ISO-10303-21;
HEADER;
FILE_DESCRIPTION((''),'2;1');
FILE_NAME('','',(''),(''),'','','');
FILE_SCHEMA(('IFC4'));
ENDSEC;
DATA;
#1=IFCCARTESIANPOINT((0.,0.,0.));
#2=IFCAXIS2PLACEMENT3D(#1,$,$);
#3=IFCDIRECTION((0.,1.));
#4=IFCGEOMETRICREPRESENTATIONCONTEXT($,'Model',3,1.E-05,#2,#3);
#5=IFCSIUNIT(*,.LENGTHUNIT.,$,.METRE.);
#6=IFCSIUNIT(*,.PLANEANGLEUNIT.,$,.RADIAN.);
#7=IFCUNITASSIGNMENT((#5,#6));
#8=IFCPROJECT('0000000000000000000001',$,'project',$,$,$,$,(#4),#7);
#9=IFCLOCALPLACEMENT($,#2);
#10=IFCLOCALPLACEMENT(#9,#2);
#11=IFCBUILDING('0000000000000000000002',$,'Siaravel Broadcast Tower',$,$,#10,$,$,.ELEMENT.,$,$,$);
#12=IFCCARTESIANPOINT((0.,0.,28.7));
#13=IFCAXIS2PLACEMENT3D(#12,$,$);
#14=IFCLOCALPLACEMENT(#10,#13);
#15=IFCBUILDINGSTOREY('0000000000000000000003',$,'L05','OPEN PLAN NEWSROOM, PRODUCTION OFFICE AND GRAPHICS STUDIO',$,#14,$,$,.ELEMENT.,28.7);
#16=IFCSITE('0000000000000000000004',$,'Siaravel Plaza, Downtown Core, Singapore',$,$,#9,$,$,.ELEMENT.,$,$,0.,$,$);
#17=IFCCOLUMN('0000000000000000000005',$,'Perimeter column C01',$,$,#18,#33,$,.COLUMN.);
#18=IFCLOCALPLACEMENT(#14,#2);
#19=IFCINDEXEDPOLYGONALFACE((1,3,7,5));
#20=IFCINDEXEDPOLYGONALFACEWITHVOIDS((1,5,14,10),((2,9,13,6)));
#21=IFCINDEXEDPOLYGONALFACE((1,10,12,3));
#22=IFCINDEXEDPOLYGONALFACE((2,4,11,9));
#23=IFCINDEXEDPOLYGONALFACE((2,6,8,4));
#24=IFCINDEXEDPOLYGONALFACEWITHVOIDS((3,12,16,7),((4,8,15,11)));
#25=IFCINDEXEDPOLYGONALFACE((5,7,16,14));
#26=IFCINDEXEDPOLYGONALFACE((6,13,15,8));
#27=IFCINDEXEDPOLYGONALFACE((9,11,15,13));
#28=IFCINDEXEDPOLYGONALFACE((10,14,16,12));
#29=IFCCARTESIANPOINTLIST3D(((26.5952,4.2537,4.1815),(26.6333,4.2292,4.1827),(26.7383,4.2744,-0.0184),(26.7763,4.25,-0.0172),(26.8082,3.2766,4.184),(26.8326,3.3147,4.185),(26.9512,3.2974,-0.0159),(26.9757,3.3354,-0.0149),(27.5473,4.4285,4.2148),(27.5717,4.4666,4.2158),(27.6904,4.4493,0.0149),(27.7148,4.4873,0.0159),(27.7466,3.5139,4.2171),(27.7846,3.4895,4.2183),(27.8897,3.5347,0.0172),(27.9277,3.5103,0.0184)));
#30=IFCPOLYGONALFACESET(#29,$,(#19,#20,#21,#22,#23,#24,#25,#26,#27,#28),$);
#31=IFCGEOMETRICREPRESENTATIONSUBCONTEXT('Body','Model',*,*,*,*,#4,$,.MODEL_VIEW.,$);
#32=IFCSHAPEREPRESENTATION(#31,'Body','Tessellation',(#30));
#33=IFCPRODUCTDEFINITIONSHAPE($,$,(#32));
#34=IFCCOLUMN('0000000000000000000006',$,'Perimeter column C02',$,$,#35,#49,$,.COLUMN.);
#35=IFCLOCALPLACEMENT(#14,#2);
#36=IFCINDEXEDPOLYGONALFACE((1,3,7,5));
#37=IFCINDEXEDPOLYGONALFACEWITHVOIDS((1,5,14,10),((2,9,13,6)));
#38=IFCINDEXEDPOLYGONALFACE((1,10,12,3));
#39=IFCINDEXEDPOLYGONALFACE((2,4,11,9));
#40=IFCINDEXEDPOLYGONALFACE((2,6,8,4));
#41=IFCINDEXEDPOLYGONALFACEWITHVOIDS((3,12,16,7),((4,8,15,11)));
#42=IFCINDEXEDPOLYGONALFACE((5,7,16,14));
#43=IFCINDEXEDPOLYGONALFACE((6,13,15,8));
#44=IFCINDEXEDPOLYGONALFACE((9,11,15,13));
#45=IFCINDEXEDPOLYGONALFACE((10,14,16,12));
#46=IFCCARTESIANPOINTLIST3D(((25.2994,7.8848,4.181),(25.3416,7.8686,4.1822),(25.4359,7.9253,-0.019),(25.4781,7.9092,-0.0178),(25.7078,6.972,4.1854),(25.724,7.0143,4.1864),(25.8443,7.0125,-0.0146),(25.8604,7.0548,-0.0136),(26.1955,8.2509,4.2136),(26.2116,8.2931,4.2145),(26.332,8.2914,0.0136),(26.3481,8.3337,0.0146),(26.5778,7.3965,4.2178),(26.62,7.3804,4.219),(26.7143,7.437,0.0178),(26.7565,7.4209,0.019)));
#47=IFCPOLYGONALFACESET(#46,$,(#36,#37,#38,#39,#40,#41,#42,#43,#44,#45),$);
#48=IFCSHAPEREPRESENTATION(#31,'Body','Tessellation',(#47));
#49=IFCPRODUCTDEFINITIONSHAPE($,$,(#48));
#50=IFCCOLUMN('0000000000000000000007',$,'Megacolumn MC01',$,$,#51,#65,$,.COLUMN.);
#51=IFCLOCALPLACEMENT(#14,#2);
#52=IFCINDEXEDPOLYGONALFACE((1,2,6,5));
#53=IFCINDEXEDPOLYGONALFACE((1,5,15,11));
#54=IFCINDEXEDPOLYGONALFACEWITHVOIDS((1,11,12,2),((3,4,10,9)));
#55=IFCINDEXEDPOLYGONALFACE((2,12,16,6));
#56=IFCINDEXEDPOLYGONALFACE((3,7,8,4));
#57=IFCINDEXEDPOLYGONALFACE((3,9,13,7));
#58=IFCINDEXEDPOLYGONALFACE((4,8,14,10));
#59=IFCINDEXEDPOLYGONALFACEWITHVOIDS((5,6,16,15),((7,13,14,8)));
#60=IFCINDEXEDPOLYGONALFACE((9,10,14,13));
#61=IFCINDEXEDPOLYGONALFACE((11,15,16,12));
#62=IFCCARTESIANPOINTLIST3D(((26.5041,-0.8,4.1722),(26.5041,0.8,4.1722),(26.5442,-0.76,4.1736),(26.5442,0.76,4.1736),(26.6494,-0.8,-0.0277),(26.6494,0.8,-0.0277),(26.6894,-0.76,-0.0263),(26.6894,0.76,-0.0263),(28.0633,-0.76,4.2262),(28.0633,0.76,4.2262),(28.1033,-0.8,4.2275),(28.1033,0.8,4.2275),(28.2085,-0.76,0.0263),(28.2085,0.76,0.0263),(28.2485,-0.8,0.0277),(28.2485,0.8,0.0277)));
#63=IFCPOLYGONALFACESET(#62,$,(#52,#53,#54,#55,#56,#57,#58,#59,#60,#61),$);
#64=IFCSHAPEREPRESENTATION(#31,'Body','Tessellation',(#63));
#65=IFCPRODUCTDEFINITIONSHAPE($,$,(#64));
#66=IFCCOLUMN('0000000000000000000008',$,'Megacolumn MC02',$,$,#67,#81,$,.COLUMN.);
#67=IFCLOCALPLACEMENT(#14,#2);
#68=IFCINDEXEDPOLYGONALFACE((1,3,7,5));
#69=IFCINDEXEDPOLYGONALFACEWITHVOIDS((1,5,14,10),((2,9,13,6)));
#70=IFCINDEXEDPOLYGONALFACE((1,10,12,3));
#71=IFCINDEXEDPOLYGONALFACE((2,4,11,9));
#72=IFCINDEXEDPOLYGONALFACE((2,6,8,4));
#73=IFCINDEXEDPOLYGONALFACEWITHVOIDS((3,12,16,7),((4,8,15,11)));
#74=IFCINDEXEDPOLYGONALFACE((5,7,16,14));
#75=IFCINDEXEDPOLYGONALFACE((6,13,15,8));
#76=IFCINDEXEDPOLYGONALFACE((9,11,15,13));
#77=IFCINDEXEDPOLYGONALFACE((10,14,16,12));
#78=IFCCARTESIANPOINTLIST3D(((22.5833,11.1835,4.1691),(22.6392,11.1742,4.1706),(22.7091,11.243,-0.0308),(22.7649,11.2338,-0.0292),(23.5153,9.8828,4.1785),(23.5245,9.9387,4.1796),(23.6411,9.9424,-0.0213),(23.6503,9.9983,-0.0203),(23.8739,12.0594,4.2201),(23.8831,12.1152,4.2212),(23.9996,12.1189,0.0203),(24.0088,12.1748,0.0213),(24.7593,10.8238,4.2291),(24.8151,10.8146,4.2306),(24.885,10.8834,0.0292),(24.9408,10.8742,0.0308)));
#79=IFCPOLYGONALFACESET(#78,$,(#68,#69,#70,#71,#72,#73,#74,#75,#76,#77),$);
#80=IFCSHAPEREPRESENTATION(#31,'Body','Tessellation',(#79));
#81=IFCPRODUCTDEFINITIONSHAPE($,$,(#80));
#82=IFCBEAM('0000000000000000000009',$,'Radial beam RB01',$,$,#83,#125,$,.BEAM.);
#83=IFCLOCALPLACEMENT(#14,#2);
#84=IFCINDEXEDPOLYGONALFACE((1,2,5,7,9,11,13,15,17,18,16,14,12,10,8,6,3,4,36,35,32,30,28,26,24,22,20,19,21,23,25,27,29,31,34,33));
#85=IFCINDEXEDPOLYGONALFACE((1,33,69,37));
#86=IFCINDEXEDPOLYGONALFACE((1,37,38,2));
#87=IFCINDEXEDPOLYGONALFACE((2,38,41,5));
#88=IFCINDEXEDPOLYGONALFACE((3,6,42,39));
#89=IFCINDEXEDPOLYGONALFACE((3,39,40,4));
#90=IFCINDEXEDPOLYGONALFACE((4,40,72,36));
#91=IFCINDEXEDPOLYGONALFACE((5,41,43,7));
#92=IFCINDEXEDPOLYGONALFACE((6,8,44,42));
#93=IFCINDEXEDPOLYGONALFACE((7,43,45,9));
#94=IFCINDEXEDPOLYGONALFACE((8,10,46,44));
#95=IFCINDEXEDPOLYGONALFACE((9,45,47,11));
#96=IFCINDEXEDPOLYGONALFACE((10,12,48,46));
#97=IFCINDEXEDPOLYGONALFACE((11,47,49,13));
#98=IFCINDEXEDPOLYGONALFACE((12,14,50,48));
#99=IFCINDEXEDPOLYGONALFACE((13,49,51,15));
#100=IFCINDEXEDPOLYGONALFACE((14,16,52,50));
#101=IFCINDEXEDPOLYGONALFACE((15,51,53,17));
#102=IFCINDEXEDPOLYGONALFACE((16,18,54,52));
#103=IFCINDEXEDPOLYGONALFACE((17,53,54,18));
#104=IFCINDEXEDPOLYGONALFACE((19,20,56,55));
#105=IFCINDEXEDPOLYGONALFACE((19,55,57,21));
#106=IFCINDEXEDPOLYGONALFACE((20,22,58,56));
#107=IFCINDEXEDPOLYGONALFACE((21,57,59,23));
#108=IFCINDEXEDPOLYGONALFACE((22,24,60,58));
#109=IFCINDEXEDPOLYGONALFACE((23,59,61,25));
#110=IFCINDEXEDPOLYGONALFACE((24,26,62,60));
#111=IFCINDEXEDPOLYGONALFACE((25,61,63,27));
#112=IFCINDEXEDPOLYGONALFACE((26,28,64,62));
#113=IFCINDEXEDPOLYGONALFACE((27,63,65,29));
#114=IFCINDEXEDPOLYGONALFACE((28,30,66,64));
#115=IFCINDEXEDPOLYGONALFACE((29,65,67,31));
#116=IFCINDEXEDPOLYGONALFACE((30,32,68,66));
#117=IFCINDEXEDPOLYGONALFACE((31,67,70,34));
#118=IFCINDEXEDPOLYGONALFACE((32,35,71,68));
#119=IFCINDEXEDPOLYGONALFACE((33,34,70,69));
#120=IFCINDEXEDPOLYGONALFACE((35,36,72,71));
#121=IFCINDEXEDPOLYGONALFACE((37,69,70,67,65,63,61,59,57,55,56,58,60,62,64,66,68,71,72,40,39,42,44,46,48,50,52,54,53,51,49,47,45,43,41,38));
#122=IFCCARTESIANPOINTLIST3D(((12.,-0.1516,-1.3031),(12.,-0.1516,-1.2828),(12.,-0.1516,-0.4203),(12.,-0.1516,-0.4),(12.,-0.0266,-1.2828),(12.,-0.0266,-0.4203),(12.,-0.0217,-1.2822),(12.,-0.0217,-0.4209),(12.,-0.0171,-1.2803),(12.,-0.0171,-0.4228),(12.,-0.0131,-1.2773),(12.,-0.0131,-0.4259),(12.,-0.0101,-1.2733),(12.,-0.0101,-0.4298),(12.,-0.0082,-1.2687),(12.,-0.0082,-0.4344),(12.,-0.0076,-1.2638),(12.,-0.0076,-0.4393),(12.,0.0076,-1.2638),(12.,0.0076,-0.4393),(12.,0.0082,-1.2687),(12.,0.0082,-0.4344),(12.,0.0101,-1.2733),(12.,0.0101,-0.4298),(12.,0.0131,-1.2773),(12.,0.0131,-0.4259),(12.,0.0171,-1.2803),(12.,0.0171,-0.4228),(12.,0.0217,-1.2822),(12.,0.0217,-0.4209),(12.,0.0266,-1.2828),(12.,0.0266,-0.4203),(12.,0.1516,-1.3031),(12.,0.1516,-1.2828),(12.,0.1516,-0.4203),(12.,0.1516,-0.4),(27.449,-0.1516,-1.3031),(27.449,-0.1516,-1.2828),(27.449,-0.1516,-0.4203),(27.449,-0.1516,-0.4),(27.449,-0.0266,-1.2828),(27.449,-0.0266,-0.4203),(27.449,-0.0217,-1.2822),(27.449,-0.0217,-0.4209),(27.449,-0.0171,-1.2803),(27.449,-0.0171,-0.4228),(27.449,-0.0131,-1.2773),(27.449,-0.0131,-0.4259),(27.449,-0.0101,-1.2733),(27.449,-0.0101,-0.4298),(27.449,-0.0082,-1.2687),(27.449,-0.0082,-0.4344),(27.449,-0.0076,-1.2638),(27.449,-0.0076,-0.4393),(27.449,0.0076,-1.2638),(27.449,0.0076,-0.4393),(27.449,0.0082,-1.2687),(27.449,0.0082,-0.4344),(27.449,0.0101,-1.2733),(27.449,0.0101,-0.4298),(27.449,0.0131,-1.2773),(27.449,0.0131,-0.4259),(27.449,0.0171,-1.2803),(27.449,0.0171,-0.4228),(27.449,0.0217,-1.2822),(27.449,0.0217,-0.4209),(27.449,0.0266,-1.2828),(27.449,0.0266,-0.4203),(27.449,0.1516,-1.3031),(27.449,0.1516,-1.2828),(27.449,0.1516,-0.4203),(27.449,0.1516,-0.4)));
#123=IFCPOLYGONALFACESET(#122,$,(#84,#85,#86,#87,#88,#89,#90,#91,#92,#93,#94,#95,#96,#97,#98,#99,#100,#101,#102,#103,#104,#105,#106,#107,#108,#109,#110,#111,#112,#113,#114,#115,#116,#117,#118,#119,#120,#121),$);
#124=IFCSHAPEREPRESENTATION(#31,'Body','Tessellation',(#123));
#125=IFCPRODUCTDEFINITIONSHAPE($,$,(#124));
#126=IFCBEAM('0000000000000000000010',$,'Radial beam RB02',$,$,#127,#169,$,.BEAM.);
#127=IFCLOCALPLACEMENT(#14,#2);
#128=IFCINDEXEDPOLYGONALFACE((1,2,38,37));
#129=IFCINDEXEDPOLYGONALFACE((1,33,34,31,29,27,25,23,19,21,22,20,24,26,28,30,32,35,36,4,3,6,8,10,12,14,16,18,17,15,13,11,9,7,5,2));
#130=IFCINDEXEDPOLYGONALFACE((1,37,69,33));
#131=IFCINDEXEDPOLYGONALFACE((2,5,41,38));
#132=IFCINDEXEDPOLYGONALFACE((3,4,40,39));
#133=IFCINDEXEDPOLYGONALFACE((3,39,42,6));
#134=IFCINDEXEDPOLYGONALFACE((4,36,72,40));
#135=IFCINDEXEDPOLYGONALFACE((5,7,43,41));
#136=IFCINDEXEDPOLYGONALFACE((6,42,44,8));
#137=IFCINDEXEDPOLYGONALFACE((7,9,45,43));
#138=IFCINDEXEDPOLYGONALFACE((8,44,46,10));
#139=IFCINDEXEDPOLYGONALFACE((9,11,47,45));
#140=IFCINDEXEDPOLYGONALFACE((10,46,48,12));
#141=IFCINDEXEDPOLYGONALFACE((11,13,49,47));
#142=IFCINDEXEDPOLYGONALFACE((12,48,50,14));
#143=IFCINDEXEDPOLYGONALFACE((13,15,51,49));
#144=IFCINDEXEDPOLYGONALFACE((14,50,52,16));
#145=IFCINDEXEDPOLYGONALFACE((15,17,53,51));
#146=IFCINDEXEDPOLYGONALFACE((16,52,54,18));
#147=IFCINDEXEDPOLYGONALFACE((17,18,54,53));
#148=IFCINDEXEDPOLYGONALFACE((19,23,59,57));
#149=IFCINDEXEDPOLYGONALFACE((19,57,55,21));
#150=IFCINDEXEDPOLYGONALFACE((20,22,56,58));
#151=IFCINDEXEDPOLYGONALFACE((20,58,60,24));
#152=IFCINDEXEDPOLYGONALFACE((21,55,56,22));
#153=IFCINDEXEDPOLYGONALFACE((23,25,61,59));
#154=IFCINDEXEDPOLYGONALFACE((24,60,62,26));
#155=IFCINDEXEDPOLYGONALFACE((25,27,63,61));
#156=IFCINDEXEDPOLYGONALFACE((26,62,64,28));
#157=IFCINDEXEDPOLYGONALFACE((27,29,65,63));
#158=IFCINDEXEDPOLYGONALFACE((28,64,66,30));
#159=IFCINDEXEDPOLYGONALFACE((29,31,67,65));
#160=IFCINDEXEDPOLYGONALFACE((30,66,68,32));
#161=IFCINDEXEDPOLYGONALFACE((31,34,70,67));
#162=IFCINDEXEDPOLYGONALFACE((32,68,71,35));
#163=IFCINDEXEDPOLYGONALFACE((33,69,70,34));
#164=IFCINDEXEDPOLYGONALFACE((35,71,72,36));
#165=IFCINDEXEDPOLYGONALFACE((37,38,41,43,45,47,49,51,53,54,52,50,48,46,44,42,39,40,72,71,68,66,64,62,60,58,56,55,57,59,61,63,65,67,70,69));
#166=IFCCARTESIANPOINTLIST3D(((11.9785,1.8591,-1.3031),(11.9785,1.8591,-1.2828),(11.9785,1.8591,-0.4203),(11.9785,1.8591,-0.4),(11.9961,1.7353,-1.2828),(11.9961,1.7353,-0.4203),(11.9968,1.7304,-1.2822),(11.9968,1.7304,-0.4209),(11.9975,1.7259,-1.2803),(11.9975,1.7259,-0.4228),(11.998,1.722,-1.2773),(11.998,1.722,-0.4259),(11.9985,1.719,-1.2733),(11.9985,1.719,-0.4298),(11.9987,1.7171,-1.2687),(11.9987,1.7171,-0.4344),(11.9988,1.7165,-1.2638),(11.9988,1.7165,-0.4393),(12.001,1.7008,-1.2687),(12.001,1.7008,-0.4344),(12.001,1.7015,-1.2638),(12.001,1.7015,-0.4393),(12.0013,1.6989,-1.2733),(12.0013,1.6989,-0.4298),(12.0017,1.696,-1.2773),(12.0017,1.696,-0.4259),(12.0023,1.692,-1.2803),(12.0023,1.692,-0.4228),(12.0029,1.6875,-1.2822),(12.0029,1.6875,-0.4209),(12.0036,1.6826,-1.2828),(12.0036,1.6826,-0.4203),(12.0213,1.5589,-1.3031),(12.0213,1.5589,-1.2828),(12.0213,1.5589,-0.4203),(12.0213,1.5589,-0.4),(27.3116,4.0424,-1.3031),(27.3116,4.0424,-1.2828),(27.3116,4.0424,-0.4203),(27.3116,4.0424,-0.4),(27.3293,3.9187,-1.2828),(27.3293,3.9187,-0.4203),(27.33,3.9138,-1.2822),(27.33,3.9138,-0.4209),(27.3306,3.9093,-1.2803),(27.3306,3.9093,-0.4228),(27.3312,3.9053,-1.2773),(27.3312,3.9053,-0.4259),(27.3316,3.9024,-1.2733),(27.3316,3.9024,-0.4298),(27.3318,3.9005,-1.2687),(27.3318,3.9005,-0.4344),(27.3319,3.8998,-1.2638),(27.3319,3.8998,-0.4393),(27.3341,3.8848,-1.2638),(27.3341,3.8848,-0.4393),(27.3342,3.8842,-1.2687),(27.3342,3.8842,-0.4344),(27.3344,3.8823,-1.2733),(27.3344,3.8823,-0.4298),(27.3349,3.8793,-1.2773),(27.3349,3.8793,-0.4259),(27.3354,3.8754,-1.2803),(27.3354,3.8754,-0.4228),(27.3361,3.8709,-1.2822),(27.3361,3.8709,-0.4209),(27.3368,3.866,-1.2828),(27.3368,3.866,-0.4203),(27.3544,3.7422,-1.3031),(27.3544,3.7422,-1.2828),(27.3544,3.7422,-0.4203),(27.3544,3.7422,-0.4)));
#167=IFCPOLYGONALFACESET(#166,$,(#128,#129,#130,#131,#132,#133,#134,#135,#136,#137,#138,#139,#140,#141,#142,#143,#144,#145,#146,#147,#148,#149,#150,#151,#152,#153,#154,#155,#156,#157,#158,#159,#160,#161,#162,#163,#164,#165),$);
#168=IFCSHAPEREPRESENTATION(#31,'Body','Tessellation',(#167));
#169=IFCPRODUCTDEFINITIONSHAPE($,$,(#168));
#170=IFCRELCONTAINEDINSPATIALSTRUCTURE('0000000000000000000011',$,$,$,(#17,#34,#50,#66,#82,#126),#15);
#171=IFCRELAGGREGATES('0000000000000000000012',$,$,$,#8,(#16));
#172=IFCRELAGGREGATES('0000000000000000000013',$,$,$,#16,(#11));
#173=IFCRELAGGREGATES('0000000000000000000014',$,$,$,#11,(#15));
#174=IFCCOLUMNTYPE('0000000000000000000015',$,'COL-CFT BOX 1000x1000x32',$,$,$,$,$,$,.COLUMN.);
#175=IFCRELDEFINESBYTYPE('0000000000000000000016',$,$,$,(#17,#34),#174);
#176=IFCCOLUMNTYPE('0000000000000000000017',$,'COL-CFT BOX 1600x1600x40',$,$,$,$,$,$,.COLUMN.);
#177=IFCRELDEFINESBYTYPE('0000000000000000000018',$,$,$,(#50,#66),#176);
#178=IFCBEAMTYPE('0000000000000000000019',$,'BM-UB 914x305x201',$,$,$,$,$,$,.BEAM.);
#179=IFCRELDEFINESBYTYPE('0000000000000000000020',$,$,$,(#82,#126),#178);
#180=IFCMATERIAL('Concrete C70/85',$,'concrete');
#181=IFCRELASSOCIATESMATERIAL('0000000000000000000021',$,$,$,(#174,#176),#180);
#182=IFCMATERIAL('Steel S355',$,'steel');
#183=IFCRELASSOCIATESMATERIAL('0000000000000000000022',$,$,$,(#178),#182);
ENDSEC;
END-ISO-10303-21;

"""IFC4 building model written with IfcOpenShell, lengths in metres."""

from ifc_helpers import new_model, si_unit, direction, frame, origin, origin_2d, place, context, subcontext, project, spatial, hollow_rectangle, i_section, extrude, material, material_profile, profile_set, type_object, element, save


model = new_model("IFC4")

# Units and contexts
model_context = context("Model", 3, precision=1e-05, world=origin(), true_north=direction((0.0, 1.0)))
body_context = subcontext(model_context, "Body", "Model", "MODEL_VIEW")
ifc_project = project(units=[si_unit("LENGTHUNIT", "METRE"), si_unit("PLANEANGLEUNIT", "RADIAN")], contexts=[model_context])

# Site, building, storey
site_placement = place(None, origin())
site = spatial("IfcSite", under=ifc_project, at=site_placement, Name="Siaravel Plaza, Downtown Core, Singapore", CompositionType="ELEMENT", RefElevation=0.0)
building_placement = place(site_placement, origin())
building = spatial("IfcBuilding", under=site, at=building_placement, Name="Siaravel Broadcast Tower", CompositionType="ELEMENT")
storey_placement = place(building_placement, frame((0.0, 0.0, 28.7)))
storey = spatial("IfcBuildingStorey", under=building, at=storey_placement, Name="L05", Description="OPEN PLAN NEWSROOM, PRODUCTION OFFICE AND GRAPHICS STUDIO", CompositionType="ELEMENT", Elevation=28.7)

# Columns
ifc_material_1 = material(Name="Concrete C70/85", Category="concrete")
ifc_material_profile_1 = material_profile(ifc_material_1, hollow_rectangle(XDim=1.0, YDim=1.0, WallThickness=0.032, at=origin_2d()))
ifc_profile_set_1 = profile_set([ifc_material_profile_1], Name="Concrete C70/85")
column_type_1 = type_object("IfcColumnType", Name="COL-CFT BOX 1000x1000x32", PredefinedType="COLUMN", material=ifc_profile_set_1)
for number, where, z_axis, x_axis, name in (
    (1, (27.333, 3.8923, 0.0), (-0.034044, -0.004938, 0.999408), (0.212942, -0.977062, 0.002426), "Perimeter column C01"),
    (2, (26.0962, 7.6731, 0.0), (-0.032476, -0.009644, 0.999426), (0.408453, -0.912768, 0.004465), "Perimeter column C02"),
):
    element("IfcColumn", number, at=place(storey_placement, frame(where, z_axis=z_axis, x_axis=x_axis)), inside=storey, type_object=column_type_1, Name=name, PredefinedType="COLUMN", context=body_context, shape_type="SweptSolid", body=[
        extrude(hollow_rectangle(XDim=1.0, YDim=1.0, WallThickness=0.032, at=origin_2d()), origin(), (0.0, 0.0, 1.0), 4.2024),
    ])
ifc_material_profile_2 = material_profile(ifc_material_1, hollow_rectangle(XDim=1.6001, YDim=1.6001, WallThickness=0.04, at=origin_2d()))
ifc_profile_set_2 = profile_set([ifc_material_profile_2], Name="Concrete C70/85")
column_type_2 = type_object("IfcColumnType", Name="COL-CFT BOX 1600x1600x40", PredefinedType="COLUMN", material=ifc_profile_set_2)
column_1_placement = place(storey_placement, frame((27.449, 0.0, 0.0), z_axis=(-0.034566, 0.0, 0.999402), x_axis=(0.0, -1.0, 0.0)))
element("IfcColumn", 3, at=column_1_placement, inside=storey, type_object=column_type_2, Name="Megacolumn MC01", PredefinedType="COLUMN", context=body_context, shape_type="SweptSolid", body=[
    extrude(hollow_rectangle(XDim=1.6001, YDim=1.6001, WallThickness=0.04, at=origin_2d()), origin(), (0.0, 0.0, 1.0), 4.2024),
])
column_2_placement = place(storey_placement, frame((23.825, 11.0586, 0.0), z_axis=(-0.02992, -0.014176, 0.999452), x_axis=(0.58246, -0.812838, 0.005908)))
element("IfcColumn", 4, at=column_2_placement, inside=storey, type_object=column_type_2, Name="Megacolumn MC02", PredefinedType="COLUMN", context=body_context, shape_type="SweptSolid", body=[
    extrude(hollow_rectangle(XDim=1.6001, YDim=1.6001, WallThickness=0.04, at=origin_2d()), origin(), (0.0, 0.0, 1.0), 4.2021),
])

# Beams
ifc_material_2 = material(Name="Steel S355", Category="steel")
ifc_material_profile_3 = material_profile(ifc_material_2, i_section(OverallWidth=0.3032, OverallDepth=0.9031, WebThickness=0.0151, FlangeThickness=0.0203, FilletRadius=0.019, at=origin_2d()))
ifc_profile_set_3 = profile_set([ifc_material_profile_3], Name="Steel S355")
beam_type = type_object("IfcBeamType", Name="BM-UB 914x305x201", PredefinedType="BEAM", material=ifc_profile_set_3)
beam_1_placement = place(storey_placement, frame((27.449, 0.0, -0.8516), z_axis=(-1.0, 0.0, 0.0), x_axis=(0.0, -1.0, 0.0)))
element("IfcBeam", 5, at=beam_1_placement, inside=storey, type_object=beam_type, Name="Radial beam RB01", PredefinedType="BEAM", context=body_context, shape_type="SweptSolid", body=[
    extrude(i_section(OverallWidth=0.3032, OverallDepth=0.9031, WebThickness=0.0151, FlangeThickness=0.0203, FilletRadius=0.019, at=origin_2d()), origin(), (0.0, 0.0, 1.0), 15.449),
])
beam_2_placement = place(storey_placement, frame((27.333, 3.8923, -0.8516), z_axis=(-0.990013, -0.140973, 0.0), x_axis=(0.140973, -0.990013, 0.0)))
element("IfcBeam", 6, at=beam_2_placement, inside=storey, type_object=beam_type, Name="Radial beam RB02", PredefinedType="BEAM", context=body_context, shape_type="SweptSolid", body=[
    extrude(i_section(OverallWidth=0.3032, OverallDepth=0.9031, WebThickness=0.0151, FlangeThickness=0.0203, FilletRadius=0.019, at=origin_2d()), origin(), (0.0, 0.0, 1.0), 15.4878),
])

save(model, "model.ifc")
